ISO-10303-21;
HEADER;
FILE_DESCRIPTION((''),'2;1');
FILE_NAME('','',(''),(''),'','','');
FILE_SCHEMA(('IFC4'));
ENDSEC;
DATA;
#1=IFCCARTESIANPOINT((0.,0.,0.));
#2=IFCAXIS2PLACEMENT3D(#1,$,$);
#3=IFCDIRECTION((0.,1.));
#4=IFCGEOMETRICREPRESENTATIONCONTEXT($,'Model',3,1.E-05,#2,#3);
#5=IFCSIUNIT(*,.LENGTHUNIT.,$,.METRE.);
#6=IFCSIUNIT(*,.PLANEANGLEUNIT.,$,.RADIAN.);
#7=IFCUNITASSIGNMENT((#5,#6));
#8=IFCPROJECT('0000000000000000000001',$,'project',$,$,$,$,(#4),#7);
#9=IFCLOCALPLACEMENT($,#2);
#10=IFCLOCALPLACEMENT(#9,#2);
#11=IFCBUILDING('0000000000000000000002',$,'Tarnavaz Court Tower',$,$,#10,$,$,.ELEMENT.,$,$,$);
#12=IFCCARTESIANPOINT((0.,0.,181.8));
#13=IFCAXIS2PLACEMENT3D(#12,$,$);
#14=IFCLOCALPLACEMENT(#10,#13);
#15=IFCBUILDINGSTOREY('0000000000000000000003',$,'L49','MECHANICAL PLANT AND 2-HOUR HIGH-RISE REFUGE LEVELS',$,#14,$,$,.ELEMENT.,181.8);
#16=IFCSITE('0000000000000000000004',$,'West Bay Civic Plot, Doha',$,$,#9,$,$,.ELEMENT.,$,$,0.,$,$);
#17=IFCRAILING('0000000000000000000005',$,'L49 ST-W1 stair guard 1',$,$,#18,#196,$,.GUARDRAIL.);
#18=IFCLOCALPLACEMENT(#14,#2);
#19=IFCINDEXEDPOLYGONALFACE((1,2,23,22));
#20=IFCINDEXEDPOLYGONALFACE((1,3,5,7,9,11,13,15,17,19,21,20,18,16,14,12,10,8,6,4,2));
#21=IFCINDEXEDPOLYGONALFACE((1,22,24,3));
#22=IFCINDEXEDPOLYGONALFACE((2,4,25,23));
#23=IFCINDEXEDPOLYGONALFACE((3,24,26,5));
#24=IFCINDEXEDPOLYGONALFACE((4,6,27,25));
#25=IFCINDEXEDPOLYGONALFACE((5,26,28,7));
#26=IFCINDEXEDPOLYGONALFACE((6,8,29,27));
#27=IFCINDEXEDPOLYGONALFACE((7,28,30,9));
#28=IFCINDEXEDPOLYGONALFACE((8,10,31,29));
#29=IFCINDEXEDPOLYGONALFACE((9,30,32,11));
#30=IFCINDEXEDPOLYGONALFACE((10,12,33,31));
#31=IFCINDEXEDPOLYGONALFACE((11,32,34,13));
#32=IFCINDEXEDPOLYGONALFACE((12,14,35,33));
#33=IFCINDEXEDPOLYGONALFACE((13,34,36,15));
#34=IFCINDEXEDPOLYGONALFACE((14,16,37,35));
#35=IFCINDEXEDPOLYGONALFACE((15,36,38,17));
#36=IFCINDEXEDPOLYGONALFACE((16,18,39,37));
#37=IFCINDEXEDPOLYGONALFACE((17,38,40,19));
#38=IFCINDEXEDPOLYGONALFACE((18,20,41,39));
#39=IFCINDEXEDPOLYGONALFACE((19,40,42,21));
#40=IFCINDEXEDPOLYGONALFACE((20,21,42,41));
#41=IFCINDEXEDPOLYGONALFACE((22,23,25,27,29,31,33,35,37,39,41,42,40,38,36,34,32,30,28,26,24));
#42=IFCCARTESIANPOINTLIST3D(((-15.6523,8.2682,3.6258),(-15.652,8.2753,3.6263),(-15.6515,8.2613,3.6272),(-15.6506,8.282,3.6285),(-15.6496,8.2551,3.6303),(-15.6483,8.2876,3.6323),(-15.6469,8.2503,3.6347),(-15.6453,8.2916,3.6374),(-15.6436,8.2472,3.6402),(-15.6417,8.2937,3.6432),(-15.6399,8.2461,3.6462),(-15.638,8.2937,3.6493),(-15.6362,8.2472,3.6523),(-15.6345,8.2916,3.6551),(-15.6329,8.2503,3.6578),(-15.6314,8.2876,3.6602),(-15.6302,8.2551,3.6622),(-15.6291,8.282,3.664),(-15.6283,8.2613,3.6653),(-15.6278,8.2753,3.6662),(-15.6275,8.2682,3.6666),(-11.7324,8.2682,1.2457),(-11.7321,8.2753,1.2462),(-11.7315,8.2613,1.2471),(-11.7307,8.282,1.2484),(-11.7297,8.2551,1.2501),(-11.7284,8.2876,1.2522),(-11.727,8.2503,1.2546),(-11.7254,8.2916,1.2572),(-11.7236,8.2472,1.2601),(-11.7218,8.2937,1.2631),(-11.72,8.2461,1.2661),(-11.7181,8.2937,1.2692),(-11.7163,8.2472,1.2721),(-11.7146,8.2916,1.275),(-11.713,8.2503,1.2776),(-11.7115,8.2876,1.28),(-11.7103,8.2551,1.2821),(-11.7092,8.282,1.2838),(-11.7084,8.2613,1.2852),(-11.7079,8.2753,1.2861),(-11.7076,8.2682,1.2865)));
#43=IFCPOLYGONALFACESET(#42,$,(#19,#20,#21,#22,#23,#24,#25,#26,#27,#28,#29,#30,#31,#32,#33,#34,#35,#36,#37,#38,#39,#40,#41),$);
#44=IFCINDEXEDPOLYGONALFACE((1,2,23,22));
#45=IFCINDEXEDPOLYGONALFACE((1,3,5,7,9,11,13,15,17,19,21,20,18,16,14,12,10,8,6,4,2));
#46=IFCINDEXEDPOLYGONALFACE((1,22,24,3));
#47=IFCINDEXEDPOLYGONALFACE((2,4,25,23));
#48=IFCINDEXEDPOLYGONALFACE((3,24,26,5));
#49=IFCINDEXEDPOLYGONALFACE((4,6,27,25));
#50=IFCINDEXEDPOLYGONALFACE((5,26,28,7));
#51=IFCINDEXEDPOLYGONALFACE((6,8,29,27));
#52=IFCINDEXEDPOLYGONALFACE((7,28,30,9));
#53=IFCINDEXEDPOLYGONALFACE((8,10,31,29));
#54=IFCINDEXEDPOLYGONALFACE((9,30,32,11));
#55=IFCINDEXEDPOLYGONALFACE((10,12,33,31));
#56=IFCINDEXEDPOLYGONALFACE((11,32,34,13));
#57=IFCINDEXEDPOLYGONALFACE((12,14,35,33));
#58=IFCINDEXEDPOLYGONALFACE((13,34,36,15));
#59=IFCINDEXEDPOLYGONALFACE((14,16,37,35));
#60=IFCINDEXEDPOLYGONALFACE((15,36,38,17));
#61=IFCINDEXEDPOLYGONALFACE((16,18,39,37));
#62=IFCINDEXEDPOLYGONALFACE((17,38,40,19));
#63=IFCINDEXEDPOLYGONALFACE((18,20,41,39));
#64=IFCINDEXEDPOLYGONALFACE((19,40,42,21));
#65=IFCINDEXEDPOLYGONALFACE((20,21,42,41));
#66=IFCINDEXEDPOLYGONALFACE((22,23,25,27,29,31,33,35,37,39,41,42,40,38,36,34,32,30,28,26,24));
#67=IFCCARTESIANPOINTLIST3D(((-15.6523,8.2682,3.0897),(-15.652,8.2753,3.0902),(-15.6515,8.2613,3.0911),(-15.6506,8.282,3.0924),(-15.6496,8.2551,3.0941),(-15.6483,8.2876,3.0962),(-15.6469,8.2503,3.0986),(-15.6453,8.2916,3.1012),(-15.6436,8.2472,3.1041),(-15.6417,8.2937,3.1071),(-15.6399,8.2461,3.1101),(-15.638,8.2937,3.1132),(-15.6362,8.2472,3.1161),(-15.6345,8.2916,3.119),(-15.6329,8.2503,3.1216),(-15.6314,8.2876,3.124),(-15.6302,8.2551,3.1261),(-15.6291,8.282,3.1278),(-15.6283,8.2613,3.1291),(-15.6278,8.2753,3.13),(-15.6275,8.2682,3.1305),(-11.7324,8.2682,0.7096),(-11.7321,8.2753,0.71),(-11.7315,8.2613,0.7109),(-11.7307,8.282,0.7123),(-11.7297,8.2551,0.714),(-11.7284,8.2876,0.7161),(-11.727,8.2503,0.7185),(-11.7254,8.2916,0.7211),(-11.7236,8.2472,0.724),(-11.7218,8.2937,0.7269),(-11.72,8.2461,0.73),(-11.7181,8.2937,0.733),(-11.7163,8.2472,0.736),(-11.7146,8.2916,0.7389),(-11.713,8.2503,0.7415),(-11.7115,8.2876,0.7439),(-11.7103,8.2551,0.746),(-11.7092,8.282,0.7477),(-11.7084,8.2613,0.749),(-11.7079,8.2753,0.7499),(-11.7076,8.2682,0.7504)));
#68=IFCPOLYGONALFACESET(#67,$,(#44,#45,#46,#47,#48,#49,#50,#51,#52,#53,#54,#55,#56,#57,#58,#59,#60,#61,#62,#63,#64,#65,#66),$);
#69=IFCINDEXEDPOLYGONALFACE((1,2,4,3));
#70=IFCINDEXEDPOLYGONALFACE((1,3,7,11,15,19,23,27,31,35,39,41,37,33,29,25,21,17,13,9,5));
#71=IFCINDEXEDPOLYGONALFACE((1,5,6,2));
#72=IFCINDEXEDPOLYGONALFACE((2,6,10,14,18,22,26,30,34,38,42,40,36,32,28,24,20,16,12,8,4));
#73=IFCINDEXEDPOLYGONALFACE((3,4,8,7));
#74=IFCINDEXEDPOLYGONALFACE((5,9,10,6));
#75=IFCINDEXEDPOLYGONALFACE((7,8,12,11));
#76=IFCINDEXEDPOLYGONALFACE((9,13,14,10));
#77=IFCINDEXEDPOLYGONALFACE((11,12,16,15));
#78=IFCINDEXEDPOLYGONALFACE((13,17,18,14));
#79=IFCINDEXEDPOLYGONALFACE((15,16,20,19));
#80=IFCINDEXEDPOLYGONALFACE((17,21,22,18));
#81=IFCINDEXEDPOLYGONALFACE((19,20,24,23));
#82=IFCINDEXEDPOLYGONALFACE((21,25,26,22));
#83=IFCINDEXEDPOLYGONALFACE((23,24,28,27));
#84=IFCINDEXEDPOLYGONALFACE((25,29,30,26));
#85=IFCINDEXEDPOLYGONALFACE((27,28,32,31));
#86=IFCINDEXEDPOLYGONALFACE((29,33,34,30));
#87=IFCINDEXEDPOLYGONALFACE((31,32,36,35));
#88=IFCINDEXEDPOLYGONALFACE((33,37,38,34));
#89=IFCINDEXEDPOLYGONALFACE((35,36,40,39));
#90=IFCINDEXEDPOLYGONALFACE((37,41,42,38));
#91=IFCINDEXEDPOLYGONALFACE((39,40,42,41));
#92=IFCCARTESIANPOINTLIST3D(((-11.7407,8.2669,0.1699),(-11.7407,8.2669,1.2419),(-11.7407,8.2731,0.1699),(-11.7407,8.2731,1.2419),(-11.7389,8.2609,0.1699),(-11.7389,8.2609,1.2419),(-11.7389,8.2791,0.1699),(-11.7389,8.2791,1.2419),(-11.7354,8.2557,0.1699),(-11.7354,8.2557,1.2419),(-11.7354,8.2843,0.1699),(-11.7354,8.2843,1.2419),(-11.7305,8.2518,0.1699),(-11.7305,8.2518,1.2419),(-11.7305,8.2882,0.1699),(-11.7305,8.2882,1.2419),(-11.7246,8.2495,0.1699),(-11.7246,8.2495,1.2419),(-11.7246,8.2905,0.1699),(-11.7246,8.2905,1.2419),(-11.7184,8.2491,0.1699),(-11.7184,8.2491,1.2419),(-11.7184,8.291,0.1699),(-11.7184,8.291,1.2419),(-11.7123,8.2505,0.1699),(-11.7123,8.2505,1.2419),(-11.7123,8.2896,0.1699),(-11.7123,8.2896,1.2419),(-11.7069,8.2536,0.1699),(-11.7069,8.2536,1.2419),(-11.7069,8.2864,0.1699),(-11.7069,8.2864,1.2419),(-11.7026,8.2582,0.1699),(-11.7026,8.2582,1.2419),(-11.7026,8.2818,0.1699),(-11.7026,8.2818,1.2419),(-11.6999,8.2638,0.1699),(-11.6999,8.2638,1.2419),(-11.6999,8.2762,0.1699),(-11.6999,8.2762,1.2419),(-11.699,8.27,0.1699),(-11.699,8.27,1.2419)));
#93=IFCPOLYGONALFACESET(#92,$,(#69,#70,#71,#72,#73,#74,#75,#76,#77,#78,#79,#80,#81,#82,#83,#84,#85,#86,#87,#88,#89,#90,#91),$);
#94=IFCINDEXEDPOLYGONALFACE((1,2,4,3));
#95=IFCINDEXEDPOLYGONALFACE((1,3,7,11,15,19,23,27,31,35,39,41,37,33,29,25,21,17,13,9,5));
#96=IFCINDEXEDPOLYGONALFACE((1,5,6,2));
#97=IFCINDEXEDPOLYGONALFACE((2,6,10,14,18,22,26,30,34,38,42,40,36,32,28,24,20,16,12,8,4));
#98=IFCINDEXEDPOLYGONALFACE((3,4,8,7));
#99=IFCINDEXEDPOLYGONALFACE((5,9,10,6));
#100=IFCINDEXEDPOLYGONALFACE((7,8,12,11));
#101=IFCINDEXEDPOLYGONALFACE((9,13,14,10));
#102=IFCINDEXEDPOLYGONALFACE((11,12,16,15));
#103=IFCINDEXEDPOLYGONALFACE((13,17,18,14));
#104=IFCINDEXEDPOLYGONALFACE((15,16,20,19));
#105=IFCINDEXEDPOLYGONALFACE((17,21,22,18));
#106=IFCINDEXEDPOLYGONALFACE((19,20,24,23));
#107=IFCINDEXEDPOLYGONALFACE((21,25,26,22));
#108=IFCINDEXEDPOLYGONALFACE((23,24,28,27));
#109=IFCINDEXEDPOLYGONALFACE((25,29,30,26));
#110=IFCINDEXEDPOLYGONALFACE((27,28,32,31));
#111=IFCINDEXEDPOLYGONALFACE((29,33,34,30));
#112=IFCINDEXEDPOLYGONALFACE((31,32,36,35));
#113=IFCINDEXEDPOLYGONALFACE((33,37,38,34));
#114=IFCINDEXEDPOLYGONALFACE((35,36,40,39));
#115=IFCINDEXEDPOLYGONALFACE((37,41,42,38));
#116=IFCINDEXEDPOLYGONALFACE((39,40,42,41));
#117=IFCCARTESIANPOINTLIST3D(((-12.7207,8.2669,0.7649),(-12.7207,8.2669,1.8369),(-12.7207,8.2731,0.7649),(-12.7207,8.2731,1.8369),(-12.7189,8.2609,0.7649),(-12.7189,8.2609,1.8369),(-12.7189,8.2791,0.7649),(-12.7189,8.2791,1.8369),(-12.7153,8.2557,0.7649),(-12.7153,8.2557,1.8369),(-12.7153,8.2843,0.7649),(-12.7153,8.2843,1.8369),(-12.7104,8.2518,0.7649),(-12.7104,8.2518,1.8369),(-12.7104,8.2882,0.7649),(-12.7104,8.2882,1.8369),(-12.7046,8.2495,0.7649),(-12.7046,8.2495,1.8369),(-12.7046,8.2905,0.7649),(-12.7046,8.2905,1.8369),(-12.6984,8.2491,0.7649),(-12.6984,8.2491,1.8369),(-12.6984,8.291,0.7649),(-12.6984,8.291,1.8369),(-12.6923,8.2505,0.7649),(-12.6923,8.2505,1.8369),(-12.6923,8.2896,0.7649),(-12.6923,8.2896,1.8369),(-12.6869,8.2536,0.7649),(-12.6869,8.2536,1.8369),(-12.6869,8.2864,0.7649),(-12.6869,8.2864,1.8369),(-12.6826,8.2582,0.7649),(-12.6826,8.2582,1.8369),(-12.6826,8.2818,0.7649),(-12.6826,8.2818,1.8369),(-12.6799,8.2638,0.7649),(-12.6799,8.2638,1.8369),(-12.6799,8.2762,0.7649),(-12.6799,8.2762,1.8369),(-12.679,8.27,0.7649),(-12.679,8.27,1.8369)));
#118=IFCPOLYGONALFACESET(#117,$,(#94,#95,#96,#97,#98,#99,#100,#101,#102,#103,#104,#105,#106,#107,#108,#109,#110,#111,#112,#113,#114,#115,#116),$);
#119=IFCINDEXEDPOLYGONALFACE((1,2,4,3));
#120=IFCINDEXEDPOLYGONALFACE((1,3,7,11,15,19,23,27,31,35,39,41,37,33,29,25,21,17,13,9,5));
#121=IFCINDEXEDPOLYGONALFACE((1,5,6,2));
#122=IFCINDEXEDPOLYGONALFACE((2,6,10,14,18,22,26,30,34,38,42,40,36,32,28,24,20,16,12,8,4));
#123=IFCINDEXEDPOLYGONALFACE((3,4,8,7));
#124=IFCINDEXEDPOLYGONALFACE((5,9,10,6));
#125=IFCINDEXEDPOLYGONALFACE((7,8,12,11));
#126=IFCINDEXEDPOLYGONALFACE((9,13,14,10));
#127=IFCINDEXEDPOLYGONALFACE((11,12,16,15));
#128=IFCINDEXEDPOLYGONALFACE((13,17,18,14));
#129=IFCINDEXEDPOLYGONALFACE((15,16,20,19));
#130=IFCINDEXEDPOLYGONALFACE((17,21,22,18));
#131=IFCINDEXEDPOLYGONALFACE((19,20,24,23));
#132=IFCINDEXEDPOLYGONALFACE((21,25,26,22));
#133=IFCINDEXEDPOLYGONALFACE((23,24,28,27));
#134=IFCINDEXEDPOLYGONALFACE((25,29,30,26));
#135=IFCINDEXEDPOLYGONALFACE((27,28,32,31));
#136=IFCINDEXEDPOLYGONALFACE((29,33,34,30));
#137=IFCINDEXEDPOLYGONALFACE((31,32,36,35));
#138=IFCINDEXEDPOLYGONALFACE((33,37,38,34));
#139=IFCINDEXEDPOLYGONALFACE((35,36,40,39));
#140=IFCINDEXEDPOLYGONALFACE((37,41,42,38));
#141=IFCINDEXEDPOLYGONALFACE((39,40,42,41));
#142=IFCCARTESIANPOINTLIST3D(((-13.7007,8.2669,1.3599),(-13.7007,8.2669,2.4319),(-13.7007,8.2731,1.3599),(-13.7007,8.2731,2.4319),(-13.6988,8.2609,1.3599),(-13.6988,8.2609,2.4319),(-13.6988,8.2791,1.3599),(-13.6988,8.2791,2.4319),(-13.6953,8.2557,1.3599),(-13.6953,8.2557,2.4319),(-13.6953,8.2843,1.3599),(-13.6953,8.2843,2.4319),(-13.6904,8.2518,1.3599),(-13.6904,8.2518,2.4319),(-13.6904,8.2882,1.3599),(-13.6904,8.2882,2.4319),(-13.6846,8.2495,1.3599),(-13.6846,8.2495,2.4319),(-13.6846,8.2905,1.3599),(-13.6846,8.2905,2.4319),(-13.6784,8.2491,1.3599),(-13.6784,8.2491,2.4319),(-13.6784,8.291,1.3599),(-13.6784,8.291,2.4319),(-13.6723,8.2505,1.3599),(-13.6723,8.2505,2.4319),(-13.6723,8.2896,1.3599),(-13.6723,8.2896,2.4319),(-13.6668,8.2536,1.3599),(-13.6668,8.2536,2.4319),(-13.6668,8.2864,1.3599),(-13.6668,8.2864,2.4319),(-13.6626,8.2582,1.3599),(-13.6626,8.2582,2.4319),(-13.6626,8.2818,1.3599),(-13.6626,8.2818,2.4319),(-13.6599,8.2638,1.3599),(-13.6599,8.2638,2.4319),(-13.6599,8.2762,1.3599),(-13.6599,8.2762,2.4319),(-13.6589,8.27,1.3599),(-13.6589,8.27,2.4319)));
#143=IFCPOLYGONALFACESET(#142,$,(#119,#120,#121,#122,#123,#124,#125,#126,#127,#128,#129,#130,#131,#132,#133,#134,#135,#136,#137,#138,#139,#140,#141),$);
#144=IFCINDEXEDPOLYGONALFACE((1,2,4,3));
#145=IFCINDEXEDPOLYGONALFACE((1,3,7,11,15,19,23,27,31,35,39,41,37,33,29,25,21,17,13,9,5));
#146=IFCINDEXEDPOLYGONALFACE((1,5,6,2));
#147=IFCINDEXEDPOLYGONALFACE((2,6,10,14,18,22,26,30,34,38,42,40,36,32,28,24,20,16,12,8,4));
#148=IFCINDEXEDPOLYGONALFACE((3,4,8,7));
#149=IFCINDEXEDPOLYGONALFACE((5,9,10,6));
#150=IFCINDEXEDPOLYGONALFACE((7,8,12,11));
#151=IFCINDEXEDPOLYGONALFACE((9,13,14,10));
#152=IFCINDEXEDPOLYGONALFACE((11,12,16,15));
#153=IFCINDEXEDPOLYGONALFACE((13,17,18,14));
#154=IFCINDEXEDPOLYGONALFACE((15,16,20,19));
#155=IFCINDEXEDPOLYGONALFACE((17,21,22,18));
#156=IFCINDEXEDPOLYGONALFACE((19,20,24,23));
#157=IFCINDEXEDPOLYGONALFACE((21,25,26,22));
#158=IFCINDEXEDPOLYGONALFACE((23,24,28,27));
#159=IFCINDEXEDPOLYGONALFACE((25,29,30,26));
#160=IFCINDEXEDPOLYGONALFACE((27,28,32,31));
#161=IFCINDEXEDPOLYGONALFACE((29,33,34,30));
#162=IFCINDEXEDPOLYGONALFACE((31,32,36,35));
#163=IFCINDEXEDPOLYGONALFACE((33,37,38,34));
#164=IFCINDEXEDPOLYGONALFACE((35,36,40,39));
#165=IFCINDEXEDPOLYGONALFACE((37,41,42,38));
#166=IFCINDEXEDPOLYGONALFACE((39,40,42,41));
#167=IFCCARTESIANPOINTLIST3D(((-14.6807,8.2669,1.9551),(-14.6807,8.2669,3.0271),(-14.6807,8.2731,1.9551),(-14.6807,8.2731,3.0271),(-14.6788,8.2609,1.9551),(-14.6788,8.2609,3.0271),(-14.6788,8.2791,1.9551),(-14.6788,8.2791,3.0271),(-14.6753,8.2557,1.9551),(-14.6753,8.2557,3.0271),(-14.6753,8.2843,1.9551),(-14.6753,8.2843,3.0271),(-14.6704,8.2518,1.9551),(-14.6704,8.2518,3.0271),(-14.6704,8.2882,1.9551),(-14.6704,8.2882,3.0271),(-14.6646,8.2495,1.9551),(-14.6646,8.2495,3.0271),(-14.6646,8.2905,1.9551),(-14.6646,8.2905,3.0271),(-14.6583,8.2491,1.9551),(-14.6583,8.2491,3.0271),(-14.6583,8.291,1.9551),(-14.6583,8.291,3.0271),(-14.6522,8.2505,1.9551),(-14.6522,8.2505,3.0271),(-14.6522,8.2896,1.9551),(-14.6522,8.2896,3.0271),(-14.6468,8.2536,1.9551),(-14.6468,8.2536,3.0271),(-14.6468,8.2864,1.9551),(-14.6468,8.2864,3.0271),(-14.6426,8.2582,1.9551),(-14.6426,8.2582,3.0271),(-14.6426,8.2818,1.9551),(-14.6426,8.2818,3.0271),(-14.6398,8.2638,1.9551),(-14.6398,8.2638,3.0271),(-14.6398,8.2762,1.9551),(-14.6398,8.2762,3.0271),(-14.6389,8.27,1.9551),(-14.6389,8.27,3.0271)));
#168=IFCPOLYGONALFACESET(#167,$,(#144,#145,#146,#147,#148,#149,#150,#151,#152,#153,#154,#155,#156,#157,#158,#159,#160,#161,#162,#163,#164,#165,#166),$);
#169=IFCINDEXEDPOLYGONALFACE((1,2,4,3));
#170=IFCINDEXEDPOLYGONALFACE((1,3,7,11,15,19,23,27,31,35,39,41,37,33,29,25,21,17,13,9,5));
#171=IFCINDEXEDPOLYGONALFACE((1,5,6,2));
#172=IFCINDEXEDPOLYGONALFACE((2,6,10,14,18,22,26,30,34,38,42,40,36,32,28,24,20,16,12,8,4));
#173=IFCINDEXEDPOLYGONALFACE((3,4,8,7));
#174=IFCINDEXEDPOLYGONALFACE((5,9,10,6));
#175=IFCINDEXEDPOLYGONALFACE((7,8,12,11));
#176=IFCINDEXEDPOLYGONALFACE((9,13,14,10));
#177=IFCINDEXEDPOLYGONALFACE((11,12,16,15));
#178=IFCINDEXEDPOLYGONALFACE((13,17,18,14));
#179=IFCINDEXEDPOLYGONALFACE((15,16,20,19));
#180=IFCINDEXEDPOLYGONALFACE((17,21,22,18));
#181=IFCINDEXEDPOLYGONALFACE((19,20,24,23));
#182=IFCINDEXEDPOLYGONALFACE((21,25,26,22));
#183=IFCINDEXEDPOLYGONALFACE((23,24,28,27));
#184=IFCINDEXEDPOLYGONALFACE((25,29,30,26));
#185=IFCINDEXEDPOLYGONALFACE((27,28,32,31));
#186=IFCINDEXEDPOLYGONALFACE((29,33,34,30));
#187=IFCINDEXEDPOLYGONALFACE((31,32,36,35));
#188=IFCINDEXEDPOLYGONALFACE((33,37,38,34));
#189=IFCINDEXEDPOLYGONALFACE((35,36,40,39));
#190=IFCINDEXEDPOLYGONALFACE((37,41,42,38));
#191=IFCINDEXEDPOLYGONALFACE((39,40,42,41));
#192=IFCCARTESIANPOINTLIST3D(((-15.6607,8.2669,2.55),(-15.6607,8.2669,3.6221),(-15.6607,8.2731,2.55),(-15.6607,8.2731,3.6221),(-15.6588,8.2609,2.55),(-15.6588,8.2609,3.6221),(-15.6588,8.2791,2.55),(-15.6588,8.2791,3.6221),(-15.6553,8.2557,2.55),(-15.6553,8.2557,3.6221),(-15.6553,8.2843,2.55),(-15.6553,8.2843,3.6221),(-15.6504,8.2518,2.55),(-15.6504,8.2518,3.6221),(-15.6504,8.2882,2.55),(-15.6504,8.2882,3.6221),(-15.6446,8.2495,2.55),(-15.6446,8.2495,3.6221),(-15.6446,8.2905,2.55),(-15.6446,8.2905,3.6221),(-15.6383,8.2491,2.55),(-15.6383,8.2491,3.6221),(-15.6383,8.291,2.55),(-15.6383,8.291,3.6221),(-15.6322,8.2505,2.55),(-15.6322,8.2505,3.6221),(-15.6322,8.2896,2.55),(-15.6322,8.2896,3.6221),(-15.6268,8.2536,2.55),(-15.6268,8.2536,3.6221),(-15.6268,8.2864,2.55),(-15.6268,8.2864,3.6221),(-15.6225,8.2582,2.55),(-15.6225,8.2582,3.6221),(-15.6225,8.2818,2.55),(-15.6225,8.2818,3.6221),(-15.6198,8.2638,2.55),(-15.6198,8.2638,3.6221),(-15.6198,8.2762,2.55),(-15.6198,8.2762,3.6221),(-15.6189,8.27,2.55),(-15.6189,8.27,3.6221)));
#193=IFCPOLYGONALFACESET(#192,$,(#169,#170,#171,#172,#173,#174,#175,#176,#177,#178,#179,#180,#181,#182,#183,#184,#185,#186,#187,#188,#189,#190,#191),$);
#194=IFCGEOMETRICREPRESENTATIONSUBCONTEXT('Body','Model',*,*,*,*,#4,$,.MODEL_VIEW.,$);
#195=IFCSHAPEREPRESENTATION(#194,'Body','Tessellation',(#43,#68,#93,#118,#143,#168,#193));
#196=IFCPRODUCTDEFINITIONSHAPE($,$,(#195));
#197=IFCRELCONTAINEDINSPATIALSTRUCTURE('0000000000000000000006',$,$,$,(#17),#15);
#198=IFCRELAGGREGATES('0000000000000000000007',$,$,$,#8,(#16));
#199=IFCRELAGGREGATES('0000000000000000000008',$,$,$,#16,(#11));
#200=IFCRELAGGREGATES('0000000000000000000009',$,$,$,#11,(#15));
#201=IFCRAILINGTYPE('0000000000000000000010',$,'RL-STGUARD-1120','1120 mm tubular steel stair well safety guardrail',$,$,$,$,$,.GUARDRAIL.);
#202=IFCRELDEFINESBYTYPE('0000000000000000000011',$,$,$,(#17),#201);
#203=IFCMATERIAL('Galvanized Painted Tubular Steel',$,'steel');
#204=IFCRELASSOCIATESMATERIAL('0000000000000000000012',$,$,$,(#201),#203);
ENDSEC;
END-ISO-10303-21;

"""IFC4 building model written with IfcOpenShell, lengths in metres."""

from ifc_helpers import new_model, si_unit, direction, frame, origin, origin_2d, place, context, subcontext, project, spatial, circle, extrude, material, type_object, element, save


model = new_model("IFC4")

# Units and contexts
model_context = context("Model", 3, precision=1e-05, world=origin(), true_north=direction((0.0, 1.0)))
body_context = subcontext(model_context, "Body", "Model", "MODEL_VIEW")
ifc_project = project(units=[si_unit("LENGTHUNIT", "METRE"), si_unit("PLANEANGLEUNIT", "RADIAN")], contexts=[model_context])

# Site, building, storey
site_placement = place(None, origin())
site = spatial("IfcSite", under=ifc_project, at=site_placement, Name="West Bay Civic Plot, Doha", CompositionType="ELEMENT", RefElevation=0.0)
building_placement = place(site_placement, origin())
building = spatial("IfcBuilding", under=site, at=building_placement, Name="Tarnavaz Court Tower", CompositionType="ELEMENT")
storey_placement = place(building_placement, frame((0.0, 0.0, 181.8)))
storey = spatial("IfcBuildingStorey", under=building, at=storey_placement, Name="L49", Description="MECHANICAL PLANT AND 2-HOUR HIGH-RISE REFUGE LEVELS", CompositionType="ELEMENT", Elevation=181.8)

# Railing
ifc_material_1 = material(Name="Galvanized Painted Tubular Steel", Category="steel")
railing_type_1 = type_object("IfcRailingType", Name="RL-STGUARD-1120", Description="1120 mm tubular steel stair well safety guardrail", PredefinedType="GUARDRAIL", material=ifc_material_1)
railing_1_placement = place(storey_placement, frame((-11.72, 8.27, 0.1699)))
element("IfcRailing", 1, at=railing_1_placement, inside=storey, type_object=railing_type_1, Name="L49 ST-W1 stair guard 1", PredefinedType="GUARDRAIL", context=body_context, shape_type="SweptSolid", body=[
    extrude(circle(Radius=0.0239, at=origin_2d()), frame((0.0, 0.0, 1.0962), z_axis=(-0.854771, 0.0, 0.519006), x_axis=(0.0, -1.0, 0.0)), (0.0, 0.0, 1.0), 4.5859),
    extrude(circle(Radius=0.0239, at=origin_2d()), frame((0.0, 0.0, 0.5601), z_axis=(-0.854771, 0.0, 0.519006), x_axis=(0.0, -1.0, 0.0)), (0.0, 0.0, 1.0), 4.5859),
    extrude(circle(Radius=0.021, at=origin_2d()), origin(), (0.0, 0.0, 1.0), 1.072),
    extrude(circle(Radius=0.021, at=origin_2d()), frame((-0.98, 0.0, 0.595)), (0.0, 0.0, 1.0), 1.072),
    extrude(circle(Radius=0.021, at=origin_2d()), frame((-1.96, 0.0, 1.1899)), (0.0, 0.0, 1.0), 1.072),
    extrude(circle(Radius=0.021, at=origin_2d()), frame((-2.9399, 0.0, 1.7852)), (0.0, 0.0, 1.0), 1.072),
    extrude(circle(Radius=0.021, at=origin_2d()), frame((-3.9199, 0.0, 2.3801)), (0.0, 0.0, 1.0), 1.072),
])

save(model, "model.ifc")
